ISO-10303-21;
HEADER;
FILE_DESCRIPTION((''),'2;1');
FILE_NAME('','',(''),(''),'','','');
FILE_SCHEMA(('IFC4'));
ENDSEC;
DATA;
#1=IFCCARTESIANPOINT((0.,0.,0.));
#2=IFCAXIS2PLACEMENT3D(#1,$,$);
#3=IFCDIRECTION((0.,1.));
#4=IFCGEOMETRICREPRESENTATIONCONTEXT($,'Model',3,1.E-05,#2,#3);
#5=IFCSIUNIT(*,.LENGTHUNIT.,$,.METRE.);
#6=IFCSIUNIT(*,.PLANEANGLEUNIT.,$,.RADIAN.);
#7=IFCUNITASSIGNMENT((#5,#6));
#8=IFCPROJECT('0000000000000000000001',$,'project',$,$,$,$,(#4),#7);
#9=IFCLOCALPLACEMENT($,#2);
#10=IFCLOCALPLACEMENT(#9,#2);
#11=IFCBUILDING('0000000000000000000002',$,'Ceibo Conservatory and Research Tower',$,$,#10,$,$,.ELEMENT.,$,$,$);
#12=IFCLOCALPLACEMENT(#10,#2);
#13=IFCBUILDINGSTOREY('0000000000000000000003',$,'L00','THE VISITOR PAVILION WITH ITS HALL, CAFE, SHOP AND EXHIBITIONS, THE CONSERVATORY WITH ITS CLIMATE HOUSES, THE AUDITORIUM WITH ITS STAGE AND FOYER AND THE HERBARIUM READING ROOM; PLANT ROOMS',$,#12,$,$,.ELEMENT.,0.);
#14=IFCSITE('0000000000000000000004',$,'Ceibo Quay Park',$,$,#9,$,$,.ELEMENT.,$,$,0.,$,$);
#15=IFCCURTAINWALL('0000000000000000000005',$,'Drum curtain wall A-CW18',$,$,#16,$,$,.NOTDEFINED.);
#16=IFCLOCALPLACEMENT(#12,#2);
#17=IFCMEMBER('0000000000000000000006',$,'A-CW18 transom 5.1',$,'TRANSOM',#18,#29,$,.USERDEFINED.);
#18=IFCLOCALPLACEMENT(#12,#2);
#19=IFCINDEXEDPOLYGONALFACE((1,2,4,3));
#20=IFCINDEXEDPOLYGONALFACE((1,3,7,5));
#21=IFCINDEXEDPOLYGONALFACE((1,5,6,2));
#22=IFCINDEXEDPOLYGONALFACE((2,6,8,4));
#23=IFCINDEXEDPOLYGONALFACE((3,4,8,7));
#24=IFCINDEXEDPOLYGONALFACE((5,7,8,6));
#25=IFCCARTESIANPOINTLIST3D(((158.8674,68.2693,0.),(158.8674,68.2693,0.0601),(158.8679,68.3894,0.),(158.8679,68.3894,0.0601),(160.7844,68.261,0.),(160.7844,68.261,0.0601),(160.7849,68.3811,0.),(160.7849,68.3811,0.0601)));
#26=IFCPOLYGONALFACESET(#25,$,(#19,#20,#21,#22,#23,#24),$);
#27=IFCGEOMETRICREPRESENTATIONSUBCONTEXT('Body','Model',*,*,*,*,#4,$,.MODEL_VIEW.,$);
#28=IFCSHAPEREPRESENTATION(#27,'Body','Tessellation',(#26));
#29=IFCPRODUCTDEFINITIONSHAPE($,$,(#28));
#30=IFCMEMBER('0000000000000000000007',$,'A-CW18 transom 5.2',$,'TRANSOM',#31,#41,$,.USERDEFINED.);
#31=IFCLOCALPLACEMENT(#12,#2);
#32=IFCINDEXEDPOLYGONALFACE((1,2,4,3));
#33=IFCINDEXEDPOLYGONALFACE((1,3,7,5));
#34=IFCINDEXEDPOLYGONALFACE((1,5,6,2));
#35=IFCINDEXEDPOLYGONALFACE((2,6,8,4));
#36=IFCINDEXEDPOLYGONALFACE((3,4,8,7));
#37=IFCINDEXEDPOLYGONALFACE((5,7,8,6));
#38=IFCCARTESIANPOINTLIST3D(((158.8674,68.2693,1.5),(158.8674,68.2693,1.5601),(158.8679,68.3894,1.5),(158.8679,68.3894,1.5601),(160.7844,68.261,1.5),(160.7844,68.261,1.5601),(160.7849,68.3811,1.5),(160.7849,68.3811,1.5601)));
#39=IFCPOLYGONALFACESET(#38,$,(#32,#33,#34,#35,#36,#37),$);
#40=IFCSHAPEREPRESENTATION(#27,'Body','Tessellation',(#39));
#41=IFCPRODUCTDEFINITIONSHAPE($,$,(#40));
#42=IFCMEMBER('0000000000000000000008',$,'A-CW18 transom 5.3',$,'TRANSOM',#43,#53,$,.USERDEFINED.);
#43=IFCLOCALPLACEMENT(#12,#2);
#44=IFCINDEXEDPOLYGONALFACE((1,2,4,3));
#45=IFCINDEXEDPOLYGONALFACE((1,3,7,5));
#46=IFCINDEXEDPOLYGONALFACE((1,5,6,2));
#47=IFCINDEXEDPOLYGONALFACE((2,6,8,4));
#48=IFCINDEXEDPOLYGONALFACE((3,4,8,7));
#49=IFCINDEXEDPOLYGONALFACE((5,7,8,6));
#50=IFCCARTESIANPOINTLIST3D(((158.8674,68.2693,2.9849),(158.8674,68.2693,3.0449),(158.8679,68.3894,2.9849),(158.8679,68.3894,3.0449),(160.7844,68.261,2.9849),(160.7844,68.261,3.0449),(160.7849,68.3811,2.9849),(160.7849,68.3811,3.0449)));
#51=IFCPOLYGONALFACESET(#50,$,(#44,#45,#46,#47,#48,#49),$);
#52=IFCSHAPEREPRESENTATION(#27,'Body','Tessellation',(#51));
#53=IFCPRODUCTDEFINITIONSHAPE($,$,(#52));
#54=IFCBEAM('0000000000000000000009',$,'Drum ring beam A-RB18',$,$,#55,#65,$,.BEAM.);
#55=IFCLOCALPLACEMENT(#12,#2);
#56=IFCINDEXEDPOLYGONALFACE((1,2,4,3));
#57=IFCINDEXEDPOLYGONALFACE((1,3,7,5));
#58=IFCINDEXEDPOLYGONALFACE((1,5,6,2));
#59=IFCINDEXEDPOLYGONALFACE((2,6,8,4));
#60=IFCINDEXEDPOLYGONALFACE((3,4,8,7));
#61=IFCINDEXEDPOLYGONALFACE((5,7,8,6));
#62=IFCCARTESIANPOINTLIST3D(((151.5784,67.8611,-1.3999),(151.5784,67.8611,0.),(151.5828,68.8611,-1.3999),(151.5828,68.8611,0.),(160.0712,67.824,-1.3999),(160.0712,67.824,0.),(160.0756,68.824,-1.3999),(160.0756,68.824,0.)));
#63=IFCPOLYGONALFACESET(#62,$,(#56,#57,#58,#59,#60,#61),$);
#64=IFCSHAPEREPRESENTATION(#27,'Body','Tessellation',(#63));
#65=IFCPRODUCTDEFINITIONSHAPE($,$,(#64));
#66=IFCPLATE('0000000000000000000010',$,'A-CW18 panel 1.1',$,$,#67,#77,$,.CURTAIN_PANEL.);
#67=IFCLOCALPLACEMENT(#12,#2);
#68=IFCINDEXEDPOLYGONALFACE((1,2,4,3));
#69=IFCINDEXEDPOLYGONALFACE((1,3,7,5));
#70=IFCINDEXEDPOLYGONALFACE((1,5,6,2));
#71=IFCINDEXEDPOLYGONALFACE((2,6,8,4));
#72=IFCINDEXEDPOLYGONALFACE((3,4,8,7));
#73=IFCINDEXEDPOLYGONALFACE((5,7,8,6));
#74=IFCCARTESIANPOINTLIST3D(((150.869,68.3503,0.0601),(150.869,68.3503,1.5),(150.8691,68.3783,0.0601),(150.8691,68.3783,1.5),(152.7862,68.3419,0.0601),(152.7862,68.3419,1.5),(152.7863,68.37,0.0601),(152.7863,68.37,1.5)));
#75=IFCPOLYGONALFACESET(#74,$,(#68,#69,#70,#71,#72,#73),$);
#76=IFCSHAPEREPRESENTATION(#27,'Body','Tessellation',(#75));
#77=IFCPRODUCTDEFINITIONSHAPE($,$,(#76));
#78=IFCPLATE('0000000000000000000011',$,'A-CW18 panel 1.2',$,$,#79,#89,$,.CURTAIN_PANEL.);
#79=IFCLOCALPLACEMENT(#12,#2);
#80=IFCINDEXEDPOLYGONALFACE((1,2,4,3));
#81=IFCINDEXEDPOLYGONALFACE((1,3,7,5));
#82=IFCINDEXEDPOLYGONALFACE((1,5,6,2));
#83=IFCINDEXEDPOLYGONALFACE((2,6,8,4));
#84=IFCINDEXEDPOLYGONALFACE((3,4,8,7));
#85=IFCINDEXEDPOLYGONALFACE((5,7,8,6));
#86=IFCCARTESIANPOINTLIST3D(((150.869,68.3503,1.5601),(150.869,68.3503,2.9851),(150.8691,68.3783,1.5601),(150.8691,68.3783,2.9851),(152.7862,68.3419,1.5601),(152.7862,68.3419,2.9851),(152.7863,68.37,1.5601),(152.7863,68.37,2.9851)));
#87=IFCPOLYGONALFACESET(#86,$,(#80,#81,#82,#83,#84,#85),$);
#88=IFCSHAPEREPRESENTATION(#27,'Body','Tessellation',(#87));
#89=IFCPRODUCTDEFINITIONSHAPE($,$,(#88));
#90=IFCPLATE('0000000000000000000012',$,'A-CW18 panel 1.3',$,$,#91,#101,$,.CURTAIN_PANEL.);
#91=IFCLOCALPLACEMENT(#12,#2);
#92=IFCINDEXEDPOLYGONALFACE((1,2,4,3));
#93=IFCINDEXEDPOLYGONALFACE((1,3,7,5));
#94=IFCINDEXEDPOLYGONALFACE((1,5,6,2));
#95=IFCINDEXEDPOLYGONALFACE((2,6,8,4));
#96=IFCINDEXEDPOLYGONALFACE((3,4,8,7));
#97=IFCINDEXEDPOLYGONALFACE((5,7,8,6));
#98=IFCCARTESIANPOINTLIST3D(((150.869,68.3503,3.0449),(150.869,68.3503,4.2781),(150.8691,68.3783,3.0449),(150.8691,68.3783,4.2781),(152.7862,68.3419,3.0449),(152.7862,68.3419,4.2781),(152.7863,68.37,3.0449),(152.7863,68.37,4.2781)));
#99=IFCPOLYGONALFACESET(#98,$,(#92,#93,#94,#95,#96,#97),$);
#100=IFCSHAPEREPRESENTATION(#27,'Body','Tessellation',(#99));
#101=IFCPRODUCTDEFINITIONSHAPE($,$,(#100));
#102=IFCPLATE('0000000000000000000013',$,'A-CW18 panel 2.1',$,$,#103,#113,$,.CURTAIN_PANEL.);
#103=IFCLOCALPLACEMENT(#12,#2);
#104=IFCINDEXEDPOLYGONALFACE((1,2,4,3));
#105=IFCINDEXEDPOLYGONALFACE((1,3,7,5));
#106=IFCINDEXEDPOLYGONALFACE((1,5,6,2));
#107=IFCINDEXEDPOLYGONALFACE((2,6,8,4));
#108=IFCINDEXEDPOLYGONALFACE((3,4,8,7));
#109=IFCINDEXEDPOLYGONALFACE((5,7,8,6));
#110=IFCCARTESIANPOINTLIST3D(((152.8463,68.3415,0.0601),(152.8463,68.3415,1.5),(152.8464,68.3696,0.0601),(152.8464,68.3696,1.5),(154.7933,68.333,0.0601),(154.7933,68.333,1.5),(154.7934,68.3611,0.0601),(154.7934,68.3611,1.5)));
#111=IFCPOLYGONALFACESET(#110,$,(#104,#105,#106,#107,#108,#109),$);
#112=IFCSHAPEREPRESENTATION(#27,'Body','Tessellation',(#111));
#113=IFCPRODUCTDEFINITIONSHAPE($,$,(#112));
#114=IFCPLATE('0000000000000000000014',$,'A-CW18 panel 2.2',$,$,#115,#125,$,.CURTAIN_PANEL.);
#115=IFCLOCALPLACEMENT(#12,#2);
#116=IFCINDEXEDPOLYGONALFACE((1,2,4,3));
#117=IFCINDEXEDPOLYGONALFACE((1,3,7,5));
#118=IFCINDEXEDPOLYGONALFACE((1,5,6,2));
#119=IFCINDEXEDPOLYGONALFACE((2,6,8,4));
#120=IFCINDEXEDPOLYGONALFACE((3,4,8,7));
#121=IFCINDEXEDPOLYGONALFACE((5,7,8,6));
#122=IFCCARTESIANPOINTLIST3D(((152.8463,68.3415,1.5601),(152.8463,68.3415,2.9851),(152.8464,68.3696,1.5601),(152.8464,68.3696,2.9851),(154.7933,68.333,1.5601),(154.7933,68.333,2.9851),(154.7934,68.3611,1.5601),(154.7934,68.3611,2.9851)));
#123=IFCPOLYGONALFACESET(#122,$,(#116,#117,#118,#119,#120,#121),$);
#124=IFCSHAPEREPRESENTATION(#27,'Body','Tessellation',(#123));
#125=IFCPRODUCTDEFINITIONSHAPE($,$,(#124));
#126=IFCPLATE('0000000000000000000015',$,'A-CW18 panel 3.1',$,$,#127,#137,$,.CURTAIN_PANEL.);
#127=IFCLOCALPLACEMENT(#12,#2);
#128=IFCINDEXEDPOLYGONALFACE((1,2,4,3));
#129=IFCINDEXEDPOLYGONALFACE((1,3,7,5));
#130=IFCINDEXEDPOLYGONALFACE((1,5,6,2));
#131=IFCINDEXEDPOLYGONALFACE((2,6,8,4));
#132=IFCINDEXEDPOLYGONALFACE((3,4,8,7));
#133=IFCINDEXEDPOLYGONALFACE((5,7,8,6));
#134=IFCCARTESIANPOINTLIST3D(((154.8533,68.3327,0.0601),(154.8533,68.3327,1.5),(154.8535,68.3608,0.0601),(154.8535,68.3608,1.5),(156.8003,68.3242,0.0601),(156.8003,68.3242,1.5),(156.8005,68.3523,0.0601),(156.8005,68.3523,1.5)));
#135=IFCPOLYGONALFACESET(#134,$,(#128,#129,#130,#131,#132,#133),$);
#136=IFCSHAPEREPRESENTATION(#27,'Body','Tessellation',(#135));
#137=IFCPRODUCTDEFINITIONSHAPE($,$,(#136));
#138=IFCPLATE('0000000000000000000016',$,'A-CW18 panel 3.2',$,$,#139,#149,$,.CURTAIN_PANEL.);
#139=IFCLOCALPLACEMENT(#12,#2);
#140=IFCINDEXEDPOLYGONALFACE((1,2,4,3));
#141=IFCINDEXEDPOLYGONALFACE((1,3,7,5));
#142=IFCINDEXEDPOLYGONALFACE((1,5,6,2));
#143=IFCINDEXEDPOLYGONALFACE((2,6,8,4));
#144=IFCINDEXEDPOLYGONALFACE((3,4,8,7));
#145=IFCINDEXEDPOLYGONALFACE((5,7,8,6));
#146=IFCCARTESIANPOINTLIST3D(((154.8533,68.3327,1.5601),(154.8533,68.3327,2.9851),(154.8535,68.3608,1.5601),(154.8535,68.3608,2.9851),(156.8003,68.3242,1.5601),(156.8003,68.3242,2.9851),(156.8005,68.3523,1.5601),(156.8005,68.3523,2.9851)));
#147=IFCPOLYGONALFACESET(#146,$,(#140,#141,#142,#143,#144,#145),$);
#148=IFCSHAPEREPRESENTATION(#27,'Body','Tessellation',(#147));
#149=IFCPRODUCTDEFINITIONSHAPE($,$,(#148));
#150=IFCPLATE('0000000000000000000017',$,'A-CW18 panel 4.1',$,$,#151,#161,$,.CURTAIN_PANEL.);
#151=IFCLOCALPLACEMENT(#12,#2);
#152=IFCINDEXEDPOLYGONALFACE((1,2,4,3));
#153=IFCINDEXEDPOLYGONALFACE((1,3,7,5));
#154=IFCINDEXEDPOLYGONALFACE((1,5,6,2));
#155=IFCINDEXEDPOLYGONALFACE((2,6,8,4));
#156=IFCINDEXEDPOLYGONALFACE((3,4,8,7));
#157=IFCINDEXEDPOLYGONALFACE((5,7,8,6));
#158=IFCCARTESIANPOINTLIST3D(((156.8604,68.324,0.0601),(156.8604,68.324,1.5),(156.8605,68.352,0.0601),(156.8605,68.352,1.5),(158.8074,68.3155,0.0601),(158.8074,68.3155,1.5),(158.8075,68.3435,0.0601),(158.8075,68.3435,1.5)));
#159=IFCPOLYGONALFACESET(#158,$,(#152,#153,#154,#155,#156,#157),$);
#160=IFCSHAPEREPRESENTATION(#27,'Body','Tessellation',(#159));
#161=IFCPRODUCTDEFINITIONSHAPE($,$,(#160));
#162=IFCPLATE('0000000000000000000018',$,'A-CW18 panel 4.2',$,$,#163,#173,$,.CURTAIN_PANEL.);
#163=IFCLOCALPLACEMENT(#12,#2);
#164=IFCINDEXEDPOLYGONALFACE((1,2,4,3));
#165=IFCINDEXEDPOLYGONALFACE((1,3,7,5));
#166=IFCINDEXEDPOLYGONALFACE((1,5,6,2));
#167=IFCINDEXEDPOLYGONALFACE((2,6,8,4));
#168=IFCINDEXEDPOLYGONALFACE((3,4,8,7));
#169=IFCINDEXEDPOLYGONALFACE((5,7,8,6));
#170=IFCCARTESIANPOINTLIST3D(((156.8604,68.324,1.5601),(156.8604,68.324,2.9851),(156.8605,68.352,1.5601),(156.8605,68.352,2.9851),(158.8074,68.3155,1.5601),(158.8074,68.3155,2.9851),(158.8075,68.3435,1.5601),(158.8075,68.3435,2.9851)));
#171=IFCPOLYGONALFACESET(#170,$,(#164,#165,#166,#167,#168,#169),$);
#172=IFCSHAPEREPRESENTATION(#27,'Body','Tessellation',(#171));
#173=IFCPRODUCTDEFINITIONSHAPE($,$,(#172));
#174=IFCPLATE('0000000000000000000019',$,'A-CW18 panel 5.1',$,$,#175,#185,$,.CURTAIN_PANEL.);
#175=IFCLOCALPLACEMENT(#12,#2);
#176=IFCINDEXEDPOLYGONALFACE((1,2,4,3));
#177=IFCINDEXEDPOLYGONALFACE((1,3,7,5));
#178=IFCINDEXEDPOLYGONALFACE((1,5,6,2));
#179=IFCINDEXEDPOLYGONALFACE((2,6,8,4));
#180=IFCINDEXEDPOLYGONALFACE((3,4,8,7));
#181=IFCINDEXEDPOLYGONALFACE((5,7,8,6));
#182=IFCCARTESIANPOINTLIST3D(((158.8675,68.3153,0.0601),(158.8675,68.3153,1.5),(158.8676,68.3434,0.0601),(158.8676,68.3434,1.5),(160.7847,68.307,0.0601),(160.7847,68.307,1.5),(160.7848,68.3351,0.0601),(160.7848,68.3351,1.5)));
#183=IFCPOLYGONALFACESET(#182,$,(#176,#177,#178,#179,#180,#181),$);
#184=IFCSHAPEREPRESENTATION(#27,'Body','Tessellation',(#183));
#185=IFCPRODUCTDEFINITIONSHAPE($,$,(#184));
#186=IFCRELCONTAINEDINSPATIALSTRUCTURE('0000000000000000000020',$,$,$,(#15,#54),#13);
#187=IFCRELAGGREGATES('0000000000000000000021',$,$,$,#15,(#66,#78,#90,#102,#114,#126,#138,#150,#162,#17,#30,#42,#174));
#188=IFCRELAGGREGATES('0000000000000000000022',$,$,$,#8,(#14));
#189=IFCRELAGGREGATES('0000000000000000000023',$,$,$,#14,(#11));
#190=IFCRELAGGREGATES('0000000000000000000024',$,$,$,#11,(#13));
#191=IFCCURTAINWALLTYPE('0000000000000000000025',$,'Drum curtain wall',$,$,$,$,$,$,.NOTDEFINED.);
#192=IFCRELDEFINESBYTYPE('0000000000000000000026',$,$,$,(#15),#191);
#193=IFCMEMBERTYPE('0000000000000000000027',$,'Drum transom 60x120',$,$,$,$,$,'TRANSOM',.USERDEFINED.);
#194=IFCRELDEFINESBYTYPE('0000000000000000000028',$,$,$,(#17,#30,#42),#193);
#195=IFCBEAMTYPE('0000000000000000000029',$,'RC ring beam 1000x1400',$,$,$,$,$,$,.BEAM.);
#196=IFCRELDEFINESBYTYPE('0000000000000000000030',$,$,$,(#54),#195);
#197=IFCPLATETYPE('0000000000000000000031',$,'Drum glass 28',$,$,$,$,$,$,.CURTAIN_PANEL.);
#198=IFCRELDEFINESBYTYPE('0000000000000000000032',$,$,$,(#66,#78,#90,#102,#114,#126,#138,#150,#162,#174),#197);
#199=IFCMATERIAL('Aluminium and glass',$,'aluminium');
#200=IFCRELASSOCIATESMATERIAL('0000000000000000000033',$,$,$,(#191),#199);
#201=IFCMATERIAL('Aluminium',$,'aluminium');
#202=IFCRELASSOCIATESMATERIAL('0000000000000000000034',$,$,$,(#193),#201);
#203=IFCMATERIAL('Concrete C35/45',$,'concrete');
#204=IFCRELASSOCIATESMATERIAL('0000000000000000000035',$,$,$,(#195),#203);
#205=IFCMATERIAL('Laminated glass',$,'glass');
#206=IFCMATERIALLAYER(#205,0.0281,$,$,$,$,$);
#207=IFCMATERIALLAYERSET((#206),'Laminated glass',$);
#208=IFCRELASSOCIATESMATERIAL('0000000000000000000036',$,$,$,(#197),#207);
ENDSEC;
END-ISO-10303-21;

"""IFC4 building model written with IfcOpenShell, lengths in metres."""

from ifc_helpers import new_model, si_unit, direction, frame, origin, origin_2d, place, context, subcontext, project, spatial, rectangle, extrude, material, layer, layer_set, material_profile, profile_set, type_object, element, aggregate, save


model = new_model("IFC4")

# Units and contexts
model_context = context("Model", 3, precision=1e-05, world=origin(), true_north=direction((0.0, 1.0)))
body_context = subcontext(model_context, "Body", "Model", "MODEL_VIEW")
ifc_project = project(units=[si_unit("LENGTHUNIT", "METRE"), si_unit("PLANEANGLEUNIT", "RADIAN")], contexts=[model_context])

# Site, building, storey
site_placement = place(None, origin())
site = spatial("IfcSite", under=ifc_project, at=site_placement, Name="Ceibo Quay Park", CompositionType="ELEMENT", RefElevation=0.0)
building_placement = place(site_placement, origin())
building = spatial("IfcBuilding", under=site, at=building_placement, Name="Ceibo Conservatory and Research Tower", CompositionType="ELEMENT")
storey_placement = place(building_placement, origin())
storey = spatial("IfcBuildingStorey", under=building, at=storey_placement, Name="L00", Description="THE VISITOR PAVILION WITH ITS HALL, CAFE, SHOP AND EXHIBITIONS, THE CONSERVATORY WITH ITS CLIMATE HOUSES, THE AUDITORIUM WITH ITS STAGE AND FOYER AND THE HERBARIUM READING ROOM; PLANT ROOMS", CompositionType="ELEMENT", Elevation=0.0)

# Curtain wall, members
ifc_material_1 = material(Name="Aluminium and glass", Category="aluminium")
curtain_wall_type = type_object("IfcCurtainWallType", Name="Drum curtain wall", PredefinedType="NOTDEFINED", material=ifc_material_1)
curtain_wall_placement = place(storey_placement, origin())
curtain_wall = element("IfcCurtainWall", 1, at=curtain_wall_placement, inside=storey, type_object=curtain_wall_type, Name="Drum curtain wall A-CW18", PredefinedType="NOTDEFINED")
ifc_material_2 = material(Name="Aluminium", Category="aluminium")
ifc_material_profile_1 = material_profile(ifc_material_2, rectangle(XDim=0.1201, YDim=0.0601, at=origin_2d()), Name="AL 60x120")
ifc_profile_set_1 = profile_set([ifc_material_profile_1], Name="Aluminium")
member_type_1 = type_object("IfcMemberType", Name="Drum transom 60x120", ElementType="TRANSOM", PredefinedType="USERDEFINED", material=ifc_profile_set_1)
member_1_placement = place(storey_placement, frame((158.8677, 68.3293, 0.03), z_axis=(0.999991, -0.00433, 0.0), x_axis=(0.00433, 0.999991, 0.0)))
member_1 = element("IfcMember", 2, at=member_1_placement, type_object=member_type_1, Name="A-CW18 transom 5.1", ObjectType="TRANSOM", PredefinedType="USERDEFINED", context=body_context, shape_type="SweptSolid", body=[
    extrude(rectangle(XDim=0.1201, YDim=0.0601, at=origin_2d()), origin(), (0.0, 0.0, 1.0), 1.917),
])
member_2_placement = place(storey_placement, frame((158.8677, 68.3293, 1.53), z_axis=(0.999991, -0.00433, 0.0), x_axis=(0.00433, 0.999991, 0.0)))
member_2 = element("IfcMember", 3, at=member_2_placement, type_object=member_type_1, Name="A-CW18 transom 5.2", ObjectType="TRANSOM", PredefinedType="USERDEFINED", context=body_context, shape_type="SweptSolid", body=[
    extrude(rectangle(XDim=0.1201, YDim=0.0601, at=origin_2d()), origin(), (0.0, 0.0, 1.0), 1.917),
])
member_3_placement = place(storey_placement, frame((158.8677, 68.3293, 3.0149), z_axis=(0.999991, -0.00433, 0.0), x_axis=(0.00433, 0.999991, 0.0)))
member_3 = element("IfcMember", 4, at=member_3_placement, type_object=member_type_1, Name="A-CW18 transom 5.3", ObjectType="TRANSOM", PredefinedType="USERDEFINED", context=body_context, shape_type="SweptSolid", body=[
    extrude(rectangle(XDim=0.1201, YDim=0.0601, at=origin_2d()), origin(), (0.0, 0.0, 1.0), 1.917),
])

# Beam
ifc_material_3 = material(Name="Concrete C35/45", Category="concrete")
ifc_material_profile_2 = material_profile(ifc_material_3, rectangle(XDim=1.0, YDim=1.3999, at=origin_2d()), Name="RC 1000x1400")
ifc_profile_set_2 = profile_set([ifc_material_profile_2], Name="Concrete C35/45")
beam_type = type_object("IfcBeamType", Name="RC ring beam 1000x1400", PredefinedType="BEAM", material=ifc_profile_set_2)
beam_placement = place(storey_placement, frame((151.5806, 68.3611, -0.7), z_axis=(0.99999, -0.004369, 0.0), x_axis=(0.004369, 0.99999, 0.0)))
element("IfcBeam", 5, at=beam_placement, inside=storey, type_object=beam_type, Name="Drum ring beam A-RB18", PredefinedType="BEAM", context=body_context, shape_type="SweptSolid", body=[
    extrude(rectangle(XDim=1.0, YDim=1.3999, at=origin_2d()), origin(), (0.0, 0.0, 1.0), 8.4929),
])

# Plates
ifc_material_4 = material(Name="Laminated glass", Category="glass")
ifc_layer_1 = layer(ifc_material_4, 0.0281)
ifc_layer_set_1 = layer_set([ifc_layer_1], Name="Laminated glass")
plate_type = type_object("IfcPlateType", Name="Drum glass 28", PredefinedType="CURTAIN_PANEL", material=ifc_layer_set_1)
plate_1_placement = place(storey_placement, frame((151.8276, 68.3601, 0.0601), z_axis=(0.0, 0.0, 1.0), x_axis=(0.99999, -0.004363, 0.0)))
plate_1 = element("IfcPlate", 6, at=plate_1_placement, type_object=plate_type, Name="A-CW18 panel 1.1", PredefinedType="CURTAIN_PANEL", context=body_context, shape_type="SweptSolid", body=[
    extrude(rectangle(XDim=1.9172, YDim=0.0281, at=origin_2d()), origin(), (0.0, 0.0, 1.0), 1.4399),
])
plate_2_placement = place(storey_placement, frame((151.8276, 68.3601, 1.5601), z_axis=(0.0, 0.0, 1.0), x_axis=(0.99999, -0.004363, 0.0)))
plate_2 = element("IfcPlate", 7, at=plate_2_placement, type_object=plate_type, Name="A-CW18 panel 1.2", PredefinedType="CURTAIN_PANEL", context=body_context, shape_type="SweptSolid", body=[
    extrude(rectangle(XDim=1.9172, YDim=0.0281, at=origin_2d()), origin(), (0.0, 0.0, 1.0), 1.425),
])
plate_3_placement = place(storey_placement, frame((151.8276, 68.3601, 3.0449), z_axis=(0.0, 0.0, 1.0), x_axis=(0.99999, -0.004363, 0.0)))
plate_3 = element("IfcPlate", 8, at=plate_3_placement, type_object=plate_type, Name="A-CW18 panel 1.3", PredefinedType="CURTAIN_PANEL", context=body_context, shape_type="SweptSolid", body=[
    extrude(rectangle(XDim=1.9172, YDim=0.0281, at=origin_2d()), origin(), (0.0, 0.0, 1.0), 1.2332),
])
plate_4_placement = place(storey_placement, frame((153.8198, 68.3513, 0.0601), z_axis=(0.0, 0.0, 1.0), x_axis=(0.99999, -0.004363, 0.0)))
plate_4 = element("IfcPlate", 9, at=plate_4_placement, type_object=plate_type, Name="A-CW18 panel 2.1", PredefinedType="CURTAIN_PANEL", context=body_context, shape_type="SweptSolid", body=[
    extrude(rectangle(XDim=1.947, YDim=0.0281, at=origin_2d()), origin(), (0.0, 0.0, 1.0), 1.4399),
])
plate_5_placement = place(storey_placement, frame((153.8198, 68.3513, 1.5601), z_axis=(0.0, 0.0, 1.0), x_axis=(0.99999, -0.004363, 0.0)))
plate_5 = element("IfcPlate", 10, at=plate_5_placement, type_object=plate_type, Name="A-CW18 panel 2.2", PredefinedType="CURTAIN_PANEL", context=body_context, shape_type="SweptSolid", body=[
    extrude(rectangle(XDim=1.947, YDim=0.0281, at=origin_2d()), origin(), (0.0, 0.0, 1.0), 1.425),
])
plate_6_placement = place(storey_placement, frame((155.8269, 68.3425, 0.0601), z_axis=(0.0, 0.0, 1.0), x_axis=(0.99999, -0.004363, 0.0)))
plate_6 = element("IfcPlate", 11, at=plate_6_placement, type_object=plate_type, Name="A-CW18 panel 3.1", PredefinedType="CURTAIN_PANEL", context=body_context, shape_type="SweptSolid", body=[
    extrude(rectangle(XDim=1.947, YDim=0.0281, at=origin_2d()), origin(), (0.0, 0.0, 1.0), 1.4399),
])
plate_7_placement = place(storey_placement, frame((155.8269, 68.3425, 1.5601), z_axis=(0.0, 0.0, 1.0), x_axis=(0.99999, -0.004363, 0.0)))
plate_7 = element("IfcPlate", 12, at=plate_7_placement, type_object=plate_type, Name="A-CW18 panel 3.2", PredefinedType="CURTAIN_PANEL", context=body_context, shape_type="SweptSolid", body=[
    extrude(rectangle(XDim=1.947, YDim=0.0281, at=origin_2d()), origin(), (0.0, 0.0, 1.0), 1.425),
])
plate_8_placement = place(storey_placement, frame((157.834, 68.3337, 0.0601), z_axis=(0.0, 0.0, 1.0), x_axis=(0.99999, -0.004363, 0.0)))
plate_8 = element("IfcPlate", 13, at=plate_8_placement, type_object=plate_type, Name="A-CW18 panel 4.1", PredefinedType="CURTAIN_PANEL", context=body_context, shape_type="SweptSolid", body=[
    extrude(rectangle(XDim=1.947, YDim=0.0281, at=origin_2d()), origin(), (0.0, 0.0, 1.0), 1.4399),
])
plate_9_placement = place(storey_placement, frame((157.834, 68.3337, 1.5601), z_axis=(0.0, 0.0, 1.0), x_axis=(0.99999, -0.004363, 0.0)))
plate_9 = element("IfcPlate", 14, at=plate_9_placement, type_object=plate_type, Name="A-CW18 panel 4.2", PredefinedType="CURTAIN_PANEL", context=body_context, shape_type="SweptSolid", body=[
    extrude(rectangle(XDim=1.947, YDim=0.0281, at=origin_2d()), origin(), (0.0, 0.0, 1.0), 1.425),
])
plate_10_placement = place(storey_placement, frame((159.8262, 68.3252, 0.0601), z_axis=(0.0, 0.0, 1.0), x_axis=(0.99999, -0.004363, 0.0)))
plate_10 = element("IfcPlate", 15, at=plate_10_placement, type_object=plate_type, Name="A-CW18 panel 5.1", PredefinedType="CURTAIN_PANEL", context=body_context, shape_type="SweptSolid", body=[
    extrude(rectangle(XDim=1.9172, YDim=0.0281, at=origin_2d()), origin(), (0.0, 0.0, 1.0), 1.4399),
])
aggregate(curtain_wall, [plate_1, plate_2, plate_3, plate_4, plate_5, plate_6, plate_7, plate_8, plate_9, member_1, member_2, member_3, plate_10])

save(model, "model.ifc")
